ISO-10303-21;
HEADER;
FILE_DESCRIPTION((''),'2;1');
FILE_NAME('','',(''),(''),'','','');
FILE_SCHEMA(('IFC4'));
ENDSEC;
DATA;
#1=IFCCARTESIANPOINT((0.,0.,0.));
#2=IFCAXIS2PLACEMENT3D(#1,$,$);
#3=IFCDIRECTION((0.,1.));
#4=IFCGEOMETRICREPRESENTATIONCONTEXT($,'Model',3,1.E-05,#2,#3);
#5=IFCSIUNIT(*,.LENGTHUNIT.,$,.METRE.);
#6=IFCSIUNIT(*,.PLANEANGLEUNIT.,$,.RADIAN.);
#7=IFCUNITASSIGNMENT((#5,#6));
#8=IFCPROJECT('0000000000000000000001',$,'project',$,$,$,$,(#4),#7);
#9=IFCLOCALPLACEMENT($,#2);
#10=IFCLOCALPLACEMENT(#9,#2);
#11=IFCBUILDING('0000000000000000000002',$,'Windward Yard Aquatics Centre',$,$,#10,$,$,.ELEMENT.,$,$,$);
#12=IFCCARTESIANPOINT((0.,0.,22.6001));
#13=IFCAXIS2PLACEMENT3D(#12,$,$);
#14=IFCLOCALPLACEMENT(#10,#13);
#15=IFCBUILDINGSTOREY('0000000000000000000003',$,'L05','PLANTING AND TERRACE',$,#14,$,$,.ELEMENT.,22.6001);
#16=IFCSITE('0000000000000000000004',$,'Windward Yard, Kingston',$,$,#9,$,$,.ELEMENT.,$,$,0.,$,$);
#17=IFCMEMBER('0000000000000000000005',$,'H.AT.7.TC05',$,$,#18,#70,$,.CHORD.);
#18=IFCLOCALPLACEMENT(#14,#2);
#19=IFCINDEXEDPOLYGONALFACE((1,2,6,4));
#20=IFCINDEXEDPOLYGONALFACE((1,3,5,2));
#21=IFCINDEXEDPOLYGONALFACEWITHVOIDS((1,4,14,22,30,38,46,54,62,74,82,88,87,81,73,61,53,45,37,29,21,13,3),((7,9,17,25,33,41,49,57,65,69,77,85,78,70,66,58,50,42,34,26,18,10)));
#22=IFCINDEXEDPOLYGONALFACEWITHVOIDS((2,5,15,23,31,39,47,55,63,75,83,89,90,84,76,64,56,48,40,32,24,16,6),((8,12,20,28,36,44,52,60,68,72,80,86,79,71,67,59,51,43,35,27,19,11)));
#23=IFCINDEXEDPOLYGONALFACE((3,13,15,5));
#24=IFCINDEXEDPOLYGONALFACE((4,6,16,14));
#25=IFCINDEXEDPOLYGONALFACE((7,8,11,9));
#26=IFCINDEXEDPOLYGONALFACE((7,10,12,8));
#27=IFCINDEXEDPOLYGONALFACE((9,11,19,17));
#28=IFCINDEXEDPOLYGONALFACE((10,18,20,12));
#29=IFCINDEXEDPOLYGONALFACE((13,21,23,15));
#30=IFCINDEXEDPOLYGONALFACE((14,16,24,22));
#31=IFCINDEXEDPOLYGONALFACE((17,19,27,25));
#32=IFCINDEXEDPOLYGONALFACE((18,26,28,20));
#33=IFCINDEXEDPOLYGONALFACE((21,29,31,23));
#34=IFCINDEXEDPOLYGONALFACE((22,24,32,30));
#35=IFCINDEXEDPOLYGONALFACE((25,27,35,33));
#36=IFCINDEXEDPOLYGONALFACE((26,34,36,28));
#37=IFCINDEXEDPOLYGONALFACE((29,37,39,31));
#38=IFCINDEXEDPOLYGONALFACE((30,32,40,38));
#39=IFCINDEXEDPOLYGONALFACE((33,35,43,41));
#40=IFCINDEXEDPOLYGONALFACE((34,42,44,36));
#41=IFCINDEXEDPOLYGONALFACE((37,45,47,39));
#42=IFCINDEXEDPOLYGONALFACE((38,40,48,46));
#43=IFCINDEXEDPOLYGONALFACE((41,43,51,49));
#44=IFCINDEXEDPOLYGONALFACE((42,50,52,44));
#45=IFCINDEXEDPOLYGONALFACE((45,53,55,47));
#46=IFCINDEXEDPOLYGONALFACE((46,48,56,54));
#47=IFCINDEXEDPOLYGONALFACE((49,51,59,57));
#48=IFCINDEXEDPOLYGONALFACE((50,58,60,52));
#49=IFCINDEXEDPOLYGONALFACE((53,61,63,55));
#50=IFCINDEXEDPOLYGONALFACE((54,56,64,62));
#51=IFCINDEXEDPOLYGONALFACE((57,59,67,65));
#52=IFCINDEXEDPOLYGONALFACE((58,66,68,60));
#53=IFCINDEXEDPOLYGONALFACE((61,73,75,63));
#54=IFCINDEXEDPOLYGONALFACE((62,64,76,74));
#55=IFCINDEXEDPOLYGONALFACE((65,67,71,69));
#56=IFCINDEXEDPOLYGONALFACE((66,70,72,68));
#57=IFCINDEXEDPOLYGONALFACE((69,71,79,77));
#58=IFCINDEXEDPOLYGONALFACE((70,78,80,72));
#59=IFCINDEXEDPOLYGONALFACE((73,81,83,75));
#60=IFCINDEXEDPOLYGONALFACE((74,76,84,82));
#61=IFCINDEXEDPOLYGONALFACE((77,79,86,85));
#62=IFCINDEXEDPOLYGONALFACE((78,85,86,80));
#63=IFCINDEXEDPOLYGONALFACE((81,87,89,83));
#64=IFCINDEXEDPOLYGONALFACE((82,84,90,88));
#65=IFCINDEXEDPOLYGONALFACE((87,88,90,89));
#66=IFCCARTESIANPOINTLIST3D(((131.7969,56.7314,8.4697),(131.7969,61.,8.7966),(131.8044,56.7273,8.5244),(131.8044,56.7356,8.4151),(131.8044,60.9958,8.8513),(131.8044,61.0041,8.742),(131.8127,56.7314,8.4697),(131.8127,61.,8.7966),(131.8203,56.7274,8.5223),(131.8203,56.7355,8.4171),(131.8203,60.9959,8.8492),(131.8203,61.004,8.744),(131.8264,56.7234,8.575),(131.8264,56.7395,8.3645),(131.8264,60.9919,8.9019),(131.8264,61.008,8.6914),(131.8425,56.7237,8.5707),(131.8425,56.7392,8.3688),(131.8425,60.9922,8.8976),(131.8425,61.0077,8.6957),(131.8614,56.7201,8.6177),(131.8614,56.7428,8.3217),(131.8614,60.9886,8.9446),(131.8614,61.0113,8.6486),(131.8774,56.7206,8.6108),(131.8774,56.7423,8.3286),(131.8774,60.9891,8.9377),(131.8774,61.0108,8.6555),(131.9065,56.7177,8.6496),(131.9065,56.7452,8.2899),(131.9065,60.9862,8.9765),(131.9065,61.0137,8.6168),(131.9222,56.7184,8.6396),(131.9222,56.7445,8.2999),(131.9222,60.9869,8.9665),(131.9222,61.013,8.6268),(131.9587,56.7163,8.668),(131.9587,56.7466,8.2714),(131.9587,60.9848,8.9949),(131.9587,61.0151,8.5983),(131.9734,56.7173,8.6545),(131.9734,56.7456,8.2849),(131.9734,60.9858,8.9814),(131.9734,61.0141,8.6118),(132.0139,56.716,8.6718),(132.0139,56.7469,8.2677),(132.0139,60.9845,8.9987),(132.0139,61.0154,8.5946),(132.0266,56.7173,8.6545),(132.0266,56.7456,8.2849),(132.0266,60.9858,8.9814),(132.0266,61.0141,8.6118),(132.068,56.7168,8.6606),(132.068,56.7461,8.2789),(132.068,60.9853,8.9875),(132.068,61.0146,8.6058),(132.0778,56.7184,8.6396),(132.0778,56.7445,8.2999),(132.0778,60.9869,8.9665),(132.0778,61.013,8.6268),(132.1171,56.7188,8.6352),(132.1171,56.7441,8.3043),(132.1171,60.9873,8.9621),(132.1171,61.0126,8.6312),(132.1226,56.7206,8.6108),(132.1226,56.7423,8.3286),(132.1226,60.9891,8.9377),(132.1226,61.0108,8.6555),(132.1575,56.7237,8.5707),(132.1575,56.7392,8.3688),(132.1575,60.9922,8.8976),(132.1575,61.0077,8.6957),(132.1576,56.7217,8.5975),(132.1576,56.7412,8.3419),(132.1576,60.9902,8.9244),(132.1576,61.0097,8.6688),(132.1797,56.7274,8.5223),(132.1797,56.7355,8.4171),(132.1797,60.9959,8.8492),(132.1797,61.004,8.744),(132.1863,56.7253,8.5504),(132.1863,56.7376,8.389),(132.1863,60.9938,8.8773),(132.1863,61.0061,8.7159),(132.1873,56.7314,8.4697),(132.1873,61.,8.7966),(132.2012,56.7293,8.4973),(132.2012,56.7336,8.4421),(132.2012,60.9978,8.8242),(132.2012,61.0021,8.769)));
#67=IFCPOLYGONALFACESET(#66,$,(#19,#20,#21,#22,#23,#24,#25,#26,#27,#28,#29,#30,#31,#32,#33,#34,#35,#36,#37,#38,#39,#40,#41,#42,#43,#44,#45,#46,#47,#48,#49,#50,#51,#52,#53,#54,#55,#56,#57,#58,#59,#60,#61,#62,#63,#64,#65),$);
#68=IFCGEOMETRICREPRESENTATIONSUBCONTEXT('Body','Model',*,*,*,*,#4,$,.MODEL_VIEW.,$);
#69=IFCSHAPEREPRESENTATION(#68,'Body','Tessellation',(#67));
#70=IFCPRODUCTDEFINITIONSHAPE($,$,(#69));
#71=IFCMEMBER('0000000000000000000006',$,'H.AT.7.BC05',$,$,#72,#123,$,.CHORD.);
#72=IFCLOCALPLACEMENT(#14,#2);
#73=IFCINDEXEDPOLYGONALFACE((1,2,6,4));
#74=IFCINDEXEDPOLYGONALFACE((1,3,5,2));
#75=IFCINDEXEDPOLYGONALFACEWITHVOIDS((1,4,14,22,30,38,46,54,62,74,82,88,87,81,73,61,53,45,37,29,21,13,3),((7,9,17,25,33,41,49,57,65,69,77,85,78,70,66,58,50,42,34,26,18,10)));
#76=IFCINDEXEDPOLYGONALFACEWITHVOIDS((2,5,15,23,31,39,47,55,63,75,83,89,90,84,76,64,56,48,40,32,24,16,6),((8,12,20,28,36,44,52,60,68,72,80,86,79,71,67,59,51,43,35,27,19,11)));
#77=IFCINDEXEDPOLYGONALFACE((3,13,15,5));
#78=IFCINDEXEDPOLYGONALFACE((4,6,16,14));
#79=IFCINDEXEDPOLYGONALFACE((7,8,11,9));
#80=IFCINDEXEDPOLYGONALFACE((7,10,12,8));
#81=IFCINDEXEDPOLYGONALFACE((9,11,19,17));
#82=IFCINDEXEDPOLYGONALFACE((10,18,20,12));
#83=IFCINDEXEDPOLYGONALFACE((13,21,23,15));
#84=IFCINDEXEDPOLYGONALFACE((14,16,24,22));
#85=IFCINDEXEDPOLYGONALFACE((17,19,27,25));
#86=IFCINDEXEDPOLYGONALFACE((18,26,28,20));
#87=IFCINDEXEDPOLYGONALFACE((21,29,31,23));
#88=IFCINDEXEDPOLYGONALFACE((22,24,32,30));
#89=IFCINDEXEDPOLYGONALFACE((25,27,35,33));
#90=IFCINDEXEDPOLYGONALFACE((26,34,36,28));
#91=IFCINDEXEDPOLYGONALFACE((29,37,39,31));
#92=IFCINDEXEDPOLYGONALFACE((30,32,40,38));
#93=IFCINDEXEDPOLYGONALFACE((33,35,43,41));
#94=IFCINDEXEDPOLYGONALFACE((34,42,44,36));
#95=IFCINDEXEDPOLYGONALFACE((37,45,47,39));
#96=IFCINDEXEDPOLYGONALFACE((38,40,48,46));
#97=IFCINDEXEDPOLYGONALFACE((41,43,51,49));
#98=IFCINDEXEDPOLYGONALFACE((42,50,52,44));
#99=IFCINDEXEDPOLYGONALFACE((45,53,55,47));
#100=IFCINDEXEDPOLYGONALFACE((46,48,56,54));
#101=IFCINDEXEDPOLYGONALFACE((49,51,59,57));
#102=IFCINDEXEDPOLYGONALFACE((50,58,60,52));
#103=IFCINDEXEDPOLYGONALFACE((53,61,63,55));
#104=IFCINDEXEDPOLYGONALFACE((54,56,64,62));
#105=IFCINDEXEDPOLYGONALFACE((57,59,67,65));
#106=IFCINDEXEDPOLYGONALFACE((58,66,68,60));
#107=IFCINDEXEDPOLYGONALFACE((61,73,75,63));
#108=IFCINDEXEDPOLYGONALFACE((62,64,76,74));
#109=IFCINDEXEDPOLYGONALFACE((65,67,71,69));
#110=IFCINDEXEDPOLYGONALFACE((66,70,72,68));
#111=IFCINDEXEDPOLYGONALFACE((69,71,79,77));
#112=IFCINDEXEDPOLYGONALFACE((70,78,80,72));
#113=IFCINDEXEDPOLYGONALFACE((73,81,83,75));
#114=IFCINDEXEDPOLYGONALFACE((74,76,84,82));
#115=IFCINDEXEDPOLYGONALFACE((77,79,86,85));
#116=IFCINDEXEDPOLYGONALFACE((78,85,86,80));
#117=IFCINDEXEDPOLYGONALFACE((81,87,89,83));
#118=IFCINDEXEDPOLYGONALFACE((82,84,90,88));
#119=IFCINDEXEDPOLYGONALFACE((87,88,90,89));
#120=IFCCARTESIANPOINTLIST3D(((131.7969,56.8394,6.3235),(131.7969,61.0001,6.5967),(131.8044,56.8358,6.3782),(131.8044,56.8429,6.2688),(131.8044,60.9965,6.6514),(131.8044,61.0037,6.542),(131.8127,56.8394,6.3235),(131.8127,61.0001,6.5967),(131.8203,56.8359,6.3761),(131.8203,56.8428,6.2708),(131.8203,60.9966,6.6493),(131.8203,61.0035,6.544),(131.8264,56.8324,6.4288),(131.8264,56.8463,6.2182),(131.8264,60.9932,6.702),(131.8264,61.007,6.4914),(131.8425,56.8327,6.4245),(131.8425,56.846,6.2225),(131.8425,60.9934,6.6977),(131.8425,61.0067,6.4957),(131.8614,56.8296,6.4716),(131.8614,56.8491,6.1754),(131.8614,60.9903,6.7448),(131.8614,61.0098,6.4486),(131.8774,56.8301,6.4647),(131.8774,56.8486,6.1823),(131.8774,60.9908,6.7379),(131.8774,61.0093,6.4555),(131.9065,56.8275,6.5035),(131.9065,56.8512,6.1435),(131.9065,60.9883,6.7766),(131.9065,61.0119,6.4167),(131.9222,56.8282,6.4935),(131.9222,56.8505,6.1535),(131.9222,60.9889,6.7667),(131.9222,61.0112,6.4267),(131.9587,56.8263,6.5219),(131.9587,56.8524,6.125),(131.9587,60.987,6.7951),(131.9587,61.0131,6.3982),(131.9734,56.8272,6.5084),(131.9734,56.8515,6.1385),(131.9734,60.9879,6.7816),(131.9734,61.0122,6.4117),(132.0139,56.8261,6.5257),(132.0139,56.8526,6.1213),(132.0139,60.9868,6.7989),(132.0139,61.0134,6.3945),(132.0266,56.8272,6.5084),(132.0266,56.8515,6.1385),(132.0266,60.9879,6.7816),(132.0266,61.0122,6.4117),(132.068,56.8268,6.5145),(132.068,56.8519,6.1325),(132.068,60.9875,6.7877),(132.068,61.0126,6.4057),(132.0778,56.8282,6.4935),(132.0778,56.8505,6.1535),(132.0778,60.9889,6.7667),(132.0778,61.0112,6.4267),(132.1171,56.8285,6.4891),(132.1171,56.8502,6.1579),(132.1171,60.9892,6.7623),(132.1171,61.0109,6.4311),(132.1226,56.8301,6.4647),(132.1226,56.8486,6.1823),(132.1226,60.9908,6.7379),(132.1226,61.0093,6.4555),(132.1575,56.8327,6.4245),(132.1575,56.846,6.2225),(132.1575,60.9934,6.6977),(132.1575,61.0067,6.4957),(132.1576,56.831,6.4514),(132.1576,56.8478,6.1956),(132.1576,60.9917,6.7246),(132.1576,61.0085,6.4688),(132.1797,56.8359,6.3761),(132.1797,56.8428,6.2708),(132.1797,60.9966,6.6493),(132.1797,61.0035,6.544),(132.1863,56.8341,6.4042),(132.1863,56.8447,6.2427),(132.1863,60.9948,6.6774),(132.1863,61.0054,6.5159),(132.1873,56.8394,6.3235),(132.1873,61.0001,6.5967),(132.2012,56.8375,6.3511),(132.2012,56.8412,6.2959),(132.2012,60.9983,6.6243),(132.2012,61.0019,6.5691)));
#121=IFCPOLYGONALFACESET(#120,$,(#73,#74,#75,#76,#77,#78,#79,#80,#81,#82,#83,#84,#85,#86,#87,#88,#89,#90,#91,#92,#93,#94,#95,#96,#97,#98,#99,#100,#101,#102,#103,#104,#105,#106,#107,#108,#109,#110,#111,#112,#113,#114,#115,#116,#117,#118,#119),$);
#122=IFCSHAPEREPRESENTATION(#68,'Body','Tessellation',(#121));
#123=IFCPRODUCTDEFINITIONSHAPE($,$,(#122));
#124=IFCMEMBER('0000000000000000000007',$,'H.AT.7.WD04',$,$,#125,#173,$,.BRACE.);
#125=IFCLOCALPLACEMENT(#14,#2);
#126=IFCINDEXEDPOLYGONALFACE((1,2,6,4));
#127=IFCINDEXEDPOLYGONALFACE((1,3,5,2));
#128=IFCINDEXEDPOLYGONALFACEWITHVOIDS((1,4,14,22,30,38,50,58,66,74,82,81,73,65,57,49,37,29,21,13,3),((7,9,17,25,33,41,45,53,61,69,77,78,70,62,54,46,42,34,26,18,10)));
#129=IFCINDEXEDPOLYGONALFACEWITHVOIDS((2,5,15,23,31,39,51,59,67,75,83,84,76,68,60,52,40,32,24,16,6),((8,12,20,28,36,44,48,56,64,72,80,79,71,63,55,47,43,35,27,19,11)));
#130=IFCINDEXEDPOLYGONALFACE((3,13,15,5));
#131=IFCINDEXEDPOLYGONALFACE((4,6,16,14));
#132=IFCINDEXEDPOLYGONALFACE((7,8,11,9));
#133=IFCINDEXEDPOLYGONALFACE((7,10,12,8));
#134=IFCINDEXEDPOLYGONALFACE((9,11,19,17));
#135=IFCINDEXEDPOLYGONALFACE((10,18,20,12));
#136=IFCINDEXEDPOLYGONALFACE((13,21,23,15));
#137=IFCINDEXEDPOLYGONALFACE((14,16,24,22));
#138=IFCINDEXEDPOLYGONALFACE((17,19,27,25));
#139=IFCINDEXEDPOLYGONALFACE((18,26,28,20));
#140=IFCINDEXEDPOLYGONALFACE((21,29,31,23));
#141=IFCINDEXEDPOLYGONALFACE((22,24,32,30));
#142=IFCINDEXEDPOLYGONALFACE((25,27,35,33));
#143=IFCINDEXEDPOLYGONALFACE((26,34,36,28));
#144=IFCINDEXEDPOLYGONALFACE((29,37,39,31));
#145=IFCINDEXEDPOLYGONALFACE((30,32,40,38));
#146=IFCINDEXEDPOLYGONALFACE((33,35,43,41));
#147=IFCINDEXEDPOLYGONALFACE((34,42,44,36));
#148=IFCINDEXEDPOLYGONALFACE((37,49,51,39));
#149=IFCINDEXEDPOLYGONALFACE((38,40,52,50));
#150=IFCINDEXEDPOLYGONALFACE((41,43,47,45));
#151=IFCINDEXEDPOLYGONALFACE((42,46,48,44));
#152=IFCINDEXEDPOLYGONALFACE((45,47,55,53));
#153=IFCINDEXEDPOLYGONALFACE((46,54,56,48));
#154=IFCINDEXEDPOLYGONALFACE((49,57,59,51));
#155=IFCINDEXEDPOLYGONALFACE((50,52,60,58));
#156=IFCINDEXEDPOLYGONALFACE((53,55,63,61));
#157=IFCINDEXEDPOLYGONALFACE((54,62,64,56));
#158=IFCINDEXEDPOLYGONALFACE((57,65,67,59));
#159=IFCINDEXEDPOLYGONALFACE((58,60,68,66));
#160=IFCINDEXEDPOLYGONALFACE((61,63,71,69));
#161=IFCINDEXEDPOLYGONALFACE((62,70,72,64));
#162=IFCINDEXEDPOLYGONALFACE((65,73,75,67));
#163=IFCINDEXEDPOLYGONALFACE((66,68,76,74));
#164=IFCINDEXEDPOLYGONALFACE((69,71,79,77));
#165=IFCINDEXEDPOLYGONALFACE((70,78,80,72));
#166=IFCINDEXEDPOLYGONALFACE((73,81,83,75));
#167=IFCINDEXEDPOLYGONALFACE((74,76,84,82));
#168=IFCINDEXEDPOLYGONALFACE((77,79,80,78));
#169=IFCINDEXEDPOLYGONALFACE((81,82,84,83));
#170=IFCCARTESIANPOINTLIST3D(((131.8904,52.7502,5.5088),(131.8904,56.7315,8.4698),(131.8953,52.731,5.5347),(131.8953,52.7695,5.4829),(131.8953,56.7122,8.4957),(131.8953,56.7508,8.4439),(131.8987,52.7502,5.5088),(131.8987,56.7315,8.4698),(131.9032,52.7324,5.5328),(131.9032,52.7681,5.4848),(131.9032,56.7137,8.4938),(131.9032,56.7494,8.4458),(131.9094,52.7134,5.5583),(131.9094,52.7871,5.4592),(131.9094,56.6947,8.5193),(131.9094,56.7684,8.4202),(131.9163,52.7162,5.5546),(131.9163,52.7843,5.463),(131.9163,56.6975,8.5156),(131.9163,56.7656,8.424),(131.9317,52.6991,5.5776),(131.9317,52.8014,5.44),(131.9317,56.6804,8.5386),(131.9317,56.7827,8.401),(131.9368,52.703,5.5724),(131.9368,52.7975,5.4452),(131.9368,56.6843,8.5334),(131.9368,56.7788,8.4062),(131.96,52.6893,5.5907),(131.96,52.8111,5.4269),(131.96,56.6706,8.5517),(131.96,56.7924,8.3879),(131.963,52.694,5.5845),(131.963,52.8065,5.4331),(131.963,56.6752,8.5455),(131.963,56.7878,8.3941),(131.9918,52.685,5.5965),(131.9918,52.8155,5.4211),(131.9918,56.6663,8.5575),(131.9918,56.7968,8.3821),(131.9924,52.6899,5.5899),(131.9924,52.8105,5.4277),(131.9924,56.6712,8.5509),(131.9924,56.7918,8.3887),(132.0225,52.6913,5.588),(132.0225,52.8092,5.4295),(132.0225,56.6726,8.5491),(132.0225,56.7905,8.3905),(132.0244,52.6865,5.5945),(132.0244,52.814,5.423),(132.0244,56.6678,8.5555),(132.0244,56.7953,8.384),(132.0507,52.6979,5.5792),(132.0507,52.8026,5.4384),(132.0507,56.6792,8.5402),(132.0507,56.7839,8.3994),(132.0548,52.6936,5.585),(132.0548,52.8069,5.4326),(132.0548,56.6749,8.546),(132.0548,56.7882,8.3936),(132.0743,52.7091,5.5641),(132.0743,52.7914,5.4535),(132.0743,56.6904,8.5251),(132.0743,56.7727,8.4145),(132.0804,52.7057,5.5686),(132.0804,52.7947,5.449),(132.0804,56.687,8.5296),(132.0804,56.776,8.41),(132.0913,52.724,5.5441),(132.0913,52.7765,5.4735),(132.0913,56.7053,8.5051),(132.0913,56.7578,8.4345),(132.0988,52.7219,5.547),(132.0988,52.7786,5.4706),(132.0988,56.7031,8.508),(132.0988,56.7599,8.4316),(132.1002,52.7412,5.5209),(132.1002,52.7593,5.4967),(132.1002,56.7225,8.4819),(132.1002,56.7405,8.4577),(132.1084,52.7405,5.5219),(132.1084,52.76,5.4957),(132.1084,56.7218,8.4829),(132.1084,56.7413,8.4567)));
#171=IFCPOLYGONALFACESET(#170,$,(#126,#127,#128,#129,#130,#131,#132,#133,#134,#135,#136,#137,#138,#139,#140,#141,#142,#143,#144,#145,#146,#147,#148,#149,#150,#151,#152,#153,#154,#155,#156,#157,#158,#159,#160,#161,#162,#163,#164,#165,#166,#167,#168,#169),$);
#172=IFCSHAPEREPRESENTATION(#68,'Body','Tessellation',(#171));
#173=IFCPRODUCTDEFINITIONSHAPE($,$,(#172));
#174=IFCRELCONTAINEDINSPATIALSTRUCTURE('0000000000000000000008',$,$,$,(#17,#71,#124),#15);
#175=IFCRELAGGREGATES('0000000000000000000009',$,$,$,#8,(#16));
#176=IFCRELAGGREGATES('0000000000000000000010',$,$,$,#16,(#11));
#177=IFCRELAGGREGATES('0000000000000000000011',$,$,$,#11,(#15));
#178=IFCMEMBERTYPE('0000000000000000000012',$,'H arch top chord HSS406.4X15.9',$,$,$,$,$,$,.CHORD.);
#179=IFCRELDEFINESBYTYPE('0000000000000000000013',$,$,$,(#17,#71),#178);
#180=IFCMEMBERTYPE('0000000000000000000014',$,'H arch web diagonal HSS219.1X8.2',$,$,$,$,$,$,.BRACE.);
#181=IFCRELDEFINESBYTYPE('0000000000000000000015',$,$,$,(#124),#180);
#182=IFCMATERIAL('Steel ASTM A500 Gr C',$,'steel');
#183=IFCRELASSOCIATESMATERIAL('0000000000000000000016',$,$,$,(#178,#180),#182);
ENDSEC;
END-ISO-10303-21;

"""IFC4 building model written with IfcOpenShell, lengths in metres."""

from ifc_helpers import new_model, si_unit, direction, frame, origin, origin_2d, place, context, subcontext, project, spatial, hollow_circle, extrude, material, material_profile, profile_set, type_object, element, save


model = new_model("IFC4")

# Units and contexts
model_context = context("Model", 3, precision=1e-05, world=origin(), true_north=direction((0.0, 1.0)))
body_context = subcontext(model_context, "Body", "Model", "MODEL_VIEW")
ifc_project = project(units=[si_unit("LENGTHUNIT", "METRE"), si_unit("PLANEANGLEUNIT", "RADIAN")], contexts=[model_context])

# Site, building, storey
site_placement = place(None, origin())
site = spatial("IfcSite", under=ifc_project, at=site_placement, Name="Windward Yard, Kingston", CompositionType="ELEMENT", RefElevation=0.0)
building_placement = place(site_placement, origin())
building = spatial("IfcBuilding", under=site, at=building_placement, Name="Windward Yard Aquatics Centre", CompositionType="ELEMENT")
storey_placement = place(building_placement, frame((0.0, 0.0, 22.6001)))
storey = spatial("IfcBuildingStorey", under=building, at=storey_placement, Name="L05", Description="PLANTING AND TERRACE", CompositionType="ELEMENT", Elevation=22.6001)

# Members
ifc_material_1 = material(Name="Steel ASTM A500 Gr C", Category="steel")
ifc_material_profile_1 = material_profile(ifc_material_1, hollow_circle(Radius=0.2031, WallThickness=0.0159, at=origin_2d()), Name="HSS406.4X15.9")
ifc_profile_set_1 = profile_set([ifc_material_profile_1], Name="Steel ASTM A500 Gr C")
member_type_1 = type_object("IfcMemberType", Name="H arch top chord HSS406.4X15.9", PredefinedType="CHORD", material=ifc_profile_set_1)
member_1_placement = place(storey_placement, frame((132.0, 56.7314, 8.4697), z_axis=(0.0, 0.99708, 0.076361), x_axis=(-1.0, 0.0, 0.0)))
element("IfcMember", 1, at=member_1_placement, inside=storey, type_object=member_type_1, Name="H.AT.7.TC05", PredefinedType="CHORD", context=body_context, shape_type="SweptSolid", body=[
    extrude(hollow_circle(Radius=0.2031, WallThickness=0.0159, at=origin_2d()), origin(), (0.0, 0.0, 1.0), 4.281),
])
member_2_placement = place(storey_placement, frame((132.0, 56.8394, 6.3235), z_axis=(0.0, 0.997851, 0.06552), x_axis=(-1.0, 0.0, 0.0)))
element("IfcMember", 2, at=member_2_placement, inside=storey, type_object=member_type_1, Name="H.AT.7.BC05", PredefinedType="CHORD", context=body_context, shape_type="SweptSolid", body=[
    extrude(hollow_circle(Radius=0.2031, WallThickness=0.0159, at=origin_2d()), origin(), (0.0, 0.0, 1.0), 4.1697),
])
ifc_material_profile_2 = material_profile(ifc_material_1, hollow_circle(Radius=0.1096, WallThickness=0.0083, at=origin_2d()), Name="HSS219.1X8.2")
ifc_profile_set_2 = profile_set([ifc_material_profile_2], Name="Steel ASTM A500 Gr C")
member_type_2 = type_object("IfcMemberType", Name="H arch web diagonal HSS219.1X8.2", PredefinedType="BRACE", material=ifc_profile_set_2)
member_3_placement = place(storey_placement, frame((132.0, 52.7502, 5.5088), z_axis=(0.0, 0.802409, 0.596775), x_axis=(-1.0, 0.0, 0.0)))
element("IfcMember", 3, at=member_3_placement, inside=storey, type_object=member_type_2, Name="H.AT.7.WD04", PredefinedType="BRACE", context=body_context, shape_type="SweptSolid", body=[
    extrude(hollow_circle(Radius=0.1096, WallThickness=0.0083, at=origin_2d()), origin(), (0.0, 0.0, 1.0), 4.9617),
])

save(model, "model.ifc")
